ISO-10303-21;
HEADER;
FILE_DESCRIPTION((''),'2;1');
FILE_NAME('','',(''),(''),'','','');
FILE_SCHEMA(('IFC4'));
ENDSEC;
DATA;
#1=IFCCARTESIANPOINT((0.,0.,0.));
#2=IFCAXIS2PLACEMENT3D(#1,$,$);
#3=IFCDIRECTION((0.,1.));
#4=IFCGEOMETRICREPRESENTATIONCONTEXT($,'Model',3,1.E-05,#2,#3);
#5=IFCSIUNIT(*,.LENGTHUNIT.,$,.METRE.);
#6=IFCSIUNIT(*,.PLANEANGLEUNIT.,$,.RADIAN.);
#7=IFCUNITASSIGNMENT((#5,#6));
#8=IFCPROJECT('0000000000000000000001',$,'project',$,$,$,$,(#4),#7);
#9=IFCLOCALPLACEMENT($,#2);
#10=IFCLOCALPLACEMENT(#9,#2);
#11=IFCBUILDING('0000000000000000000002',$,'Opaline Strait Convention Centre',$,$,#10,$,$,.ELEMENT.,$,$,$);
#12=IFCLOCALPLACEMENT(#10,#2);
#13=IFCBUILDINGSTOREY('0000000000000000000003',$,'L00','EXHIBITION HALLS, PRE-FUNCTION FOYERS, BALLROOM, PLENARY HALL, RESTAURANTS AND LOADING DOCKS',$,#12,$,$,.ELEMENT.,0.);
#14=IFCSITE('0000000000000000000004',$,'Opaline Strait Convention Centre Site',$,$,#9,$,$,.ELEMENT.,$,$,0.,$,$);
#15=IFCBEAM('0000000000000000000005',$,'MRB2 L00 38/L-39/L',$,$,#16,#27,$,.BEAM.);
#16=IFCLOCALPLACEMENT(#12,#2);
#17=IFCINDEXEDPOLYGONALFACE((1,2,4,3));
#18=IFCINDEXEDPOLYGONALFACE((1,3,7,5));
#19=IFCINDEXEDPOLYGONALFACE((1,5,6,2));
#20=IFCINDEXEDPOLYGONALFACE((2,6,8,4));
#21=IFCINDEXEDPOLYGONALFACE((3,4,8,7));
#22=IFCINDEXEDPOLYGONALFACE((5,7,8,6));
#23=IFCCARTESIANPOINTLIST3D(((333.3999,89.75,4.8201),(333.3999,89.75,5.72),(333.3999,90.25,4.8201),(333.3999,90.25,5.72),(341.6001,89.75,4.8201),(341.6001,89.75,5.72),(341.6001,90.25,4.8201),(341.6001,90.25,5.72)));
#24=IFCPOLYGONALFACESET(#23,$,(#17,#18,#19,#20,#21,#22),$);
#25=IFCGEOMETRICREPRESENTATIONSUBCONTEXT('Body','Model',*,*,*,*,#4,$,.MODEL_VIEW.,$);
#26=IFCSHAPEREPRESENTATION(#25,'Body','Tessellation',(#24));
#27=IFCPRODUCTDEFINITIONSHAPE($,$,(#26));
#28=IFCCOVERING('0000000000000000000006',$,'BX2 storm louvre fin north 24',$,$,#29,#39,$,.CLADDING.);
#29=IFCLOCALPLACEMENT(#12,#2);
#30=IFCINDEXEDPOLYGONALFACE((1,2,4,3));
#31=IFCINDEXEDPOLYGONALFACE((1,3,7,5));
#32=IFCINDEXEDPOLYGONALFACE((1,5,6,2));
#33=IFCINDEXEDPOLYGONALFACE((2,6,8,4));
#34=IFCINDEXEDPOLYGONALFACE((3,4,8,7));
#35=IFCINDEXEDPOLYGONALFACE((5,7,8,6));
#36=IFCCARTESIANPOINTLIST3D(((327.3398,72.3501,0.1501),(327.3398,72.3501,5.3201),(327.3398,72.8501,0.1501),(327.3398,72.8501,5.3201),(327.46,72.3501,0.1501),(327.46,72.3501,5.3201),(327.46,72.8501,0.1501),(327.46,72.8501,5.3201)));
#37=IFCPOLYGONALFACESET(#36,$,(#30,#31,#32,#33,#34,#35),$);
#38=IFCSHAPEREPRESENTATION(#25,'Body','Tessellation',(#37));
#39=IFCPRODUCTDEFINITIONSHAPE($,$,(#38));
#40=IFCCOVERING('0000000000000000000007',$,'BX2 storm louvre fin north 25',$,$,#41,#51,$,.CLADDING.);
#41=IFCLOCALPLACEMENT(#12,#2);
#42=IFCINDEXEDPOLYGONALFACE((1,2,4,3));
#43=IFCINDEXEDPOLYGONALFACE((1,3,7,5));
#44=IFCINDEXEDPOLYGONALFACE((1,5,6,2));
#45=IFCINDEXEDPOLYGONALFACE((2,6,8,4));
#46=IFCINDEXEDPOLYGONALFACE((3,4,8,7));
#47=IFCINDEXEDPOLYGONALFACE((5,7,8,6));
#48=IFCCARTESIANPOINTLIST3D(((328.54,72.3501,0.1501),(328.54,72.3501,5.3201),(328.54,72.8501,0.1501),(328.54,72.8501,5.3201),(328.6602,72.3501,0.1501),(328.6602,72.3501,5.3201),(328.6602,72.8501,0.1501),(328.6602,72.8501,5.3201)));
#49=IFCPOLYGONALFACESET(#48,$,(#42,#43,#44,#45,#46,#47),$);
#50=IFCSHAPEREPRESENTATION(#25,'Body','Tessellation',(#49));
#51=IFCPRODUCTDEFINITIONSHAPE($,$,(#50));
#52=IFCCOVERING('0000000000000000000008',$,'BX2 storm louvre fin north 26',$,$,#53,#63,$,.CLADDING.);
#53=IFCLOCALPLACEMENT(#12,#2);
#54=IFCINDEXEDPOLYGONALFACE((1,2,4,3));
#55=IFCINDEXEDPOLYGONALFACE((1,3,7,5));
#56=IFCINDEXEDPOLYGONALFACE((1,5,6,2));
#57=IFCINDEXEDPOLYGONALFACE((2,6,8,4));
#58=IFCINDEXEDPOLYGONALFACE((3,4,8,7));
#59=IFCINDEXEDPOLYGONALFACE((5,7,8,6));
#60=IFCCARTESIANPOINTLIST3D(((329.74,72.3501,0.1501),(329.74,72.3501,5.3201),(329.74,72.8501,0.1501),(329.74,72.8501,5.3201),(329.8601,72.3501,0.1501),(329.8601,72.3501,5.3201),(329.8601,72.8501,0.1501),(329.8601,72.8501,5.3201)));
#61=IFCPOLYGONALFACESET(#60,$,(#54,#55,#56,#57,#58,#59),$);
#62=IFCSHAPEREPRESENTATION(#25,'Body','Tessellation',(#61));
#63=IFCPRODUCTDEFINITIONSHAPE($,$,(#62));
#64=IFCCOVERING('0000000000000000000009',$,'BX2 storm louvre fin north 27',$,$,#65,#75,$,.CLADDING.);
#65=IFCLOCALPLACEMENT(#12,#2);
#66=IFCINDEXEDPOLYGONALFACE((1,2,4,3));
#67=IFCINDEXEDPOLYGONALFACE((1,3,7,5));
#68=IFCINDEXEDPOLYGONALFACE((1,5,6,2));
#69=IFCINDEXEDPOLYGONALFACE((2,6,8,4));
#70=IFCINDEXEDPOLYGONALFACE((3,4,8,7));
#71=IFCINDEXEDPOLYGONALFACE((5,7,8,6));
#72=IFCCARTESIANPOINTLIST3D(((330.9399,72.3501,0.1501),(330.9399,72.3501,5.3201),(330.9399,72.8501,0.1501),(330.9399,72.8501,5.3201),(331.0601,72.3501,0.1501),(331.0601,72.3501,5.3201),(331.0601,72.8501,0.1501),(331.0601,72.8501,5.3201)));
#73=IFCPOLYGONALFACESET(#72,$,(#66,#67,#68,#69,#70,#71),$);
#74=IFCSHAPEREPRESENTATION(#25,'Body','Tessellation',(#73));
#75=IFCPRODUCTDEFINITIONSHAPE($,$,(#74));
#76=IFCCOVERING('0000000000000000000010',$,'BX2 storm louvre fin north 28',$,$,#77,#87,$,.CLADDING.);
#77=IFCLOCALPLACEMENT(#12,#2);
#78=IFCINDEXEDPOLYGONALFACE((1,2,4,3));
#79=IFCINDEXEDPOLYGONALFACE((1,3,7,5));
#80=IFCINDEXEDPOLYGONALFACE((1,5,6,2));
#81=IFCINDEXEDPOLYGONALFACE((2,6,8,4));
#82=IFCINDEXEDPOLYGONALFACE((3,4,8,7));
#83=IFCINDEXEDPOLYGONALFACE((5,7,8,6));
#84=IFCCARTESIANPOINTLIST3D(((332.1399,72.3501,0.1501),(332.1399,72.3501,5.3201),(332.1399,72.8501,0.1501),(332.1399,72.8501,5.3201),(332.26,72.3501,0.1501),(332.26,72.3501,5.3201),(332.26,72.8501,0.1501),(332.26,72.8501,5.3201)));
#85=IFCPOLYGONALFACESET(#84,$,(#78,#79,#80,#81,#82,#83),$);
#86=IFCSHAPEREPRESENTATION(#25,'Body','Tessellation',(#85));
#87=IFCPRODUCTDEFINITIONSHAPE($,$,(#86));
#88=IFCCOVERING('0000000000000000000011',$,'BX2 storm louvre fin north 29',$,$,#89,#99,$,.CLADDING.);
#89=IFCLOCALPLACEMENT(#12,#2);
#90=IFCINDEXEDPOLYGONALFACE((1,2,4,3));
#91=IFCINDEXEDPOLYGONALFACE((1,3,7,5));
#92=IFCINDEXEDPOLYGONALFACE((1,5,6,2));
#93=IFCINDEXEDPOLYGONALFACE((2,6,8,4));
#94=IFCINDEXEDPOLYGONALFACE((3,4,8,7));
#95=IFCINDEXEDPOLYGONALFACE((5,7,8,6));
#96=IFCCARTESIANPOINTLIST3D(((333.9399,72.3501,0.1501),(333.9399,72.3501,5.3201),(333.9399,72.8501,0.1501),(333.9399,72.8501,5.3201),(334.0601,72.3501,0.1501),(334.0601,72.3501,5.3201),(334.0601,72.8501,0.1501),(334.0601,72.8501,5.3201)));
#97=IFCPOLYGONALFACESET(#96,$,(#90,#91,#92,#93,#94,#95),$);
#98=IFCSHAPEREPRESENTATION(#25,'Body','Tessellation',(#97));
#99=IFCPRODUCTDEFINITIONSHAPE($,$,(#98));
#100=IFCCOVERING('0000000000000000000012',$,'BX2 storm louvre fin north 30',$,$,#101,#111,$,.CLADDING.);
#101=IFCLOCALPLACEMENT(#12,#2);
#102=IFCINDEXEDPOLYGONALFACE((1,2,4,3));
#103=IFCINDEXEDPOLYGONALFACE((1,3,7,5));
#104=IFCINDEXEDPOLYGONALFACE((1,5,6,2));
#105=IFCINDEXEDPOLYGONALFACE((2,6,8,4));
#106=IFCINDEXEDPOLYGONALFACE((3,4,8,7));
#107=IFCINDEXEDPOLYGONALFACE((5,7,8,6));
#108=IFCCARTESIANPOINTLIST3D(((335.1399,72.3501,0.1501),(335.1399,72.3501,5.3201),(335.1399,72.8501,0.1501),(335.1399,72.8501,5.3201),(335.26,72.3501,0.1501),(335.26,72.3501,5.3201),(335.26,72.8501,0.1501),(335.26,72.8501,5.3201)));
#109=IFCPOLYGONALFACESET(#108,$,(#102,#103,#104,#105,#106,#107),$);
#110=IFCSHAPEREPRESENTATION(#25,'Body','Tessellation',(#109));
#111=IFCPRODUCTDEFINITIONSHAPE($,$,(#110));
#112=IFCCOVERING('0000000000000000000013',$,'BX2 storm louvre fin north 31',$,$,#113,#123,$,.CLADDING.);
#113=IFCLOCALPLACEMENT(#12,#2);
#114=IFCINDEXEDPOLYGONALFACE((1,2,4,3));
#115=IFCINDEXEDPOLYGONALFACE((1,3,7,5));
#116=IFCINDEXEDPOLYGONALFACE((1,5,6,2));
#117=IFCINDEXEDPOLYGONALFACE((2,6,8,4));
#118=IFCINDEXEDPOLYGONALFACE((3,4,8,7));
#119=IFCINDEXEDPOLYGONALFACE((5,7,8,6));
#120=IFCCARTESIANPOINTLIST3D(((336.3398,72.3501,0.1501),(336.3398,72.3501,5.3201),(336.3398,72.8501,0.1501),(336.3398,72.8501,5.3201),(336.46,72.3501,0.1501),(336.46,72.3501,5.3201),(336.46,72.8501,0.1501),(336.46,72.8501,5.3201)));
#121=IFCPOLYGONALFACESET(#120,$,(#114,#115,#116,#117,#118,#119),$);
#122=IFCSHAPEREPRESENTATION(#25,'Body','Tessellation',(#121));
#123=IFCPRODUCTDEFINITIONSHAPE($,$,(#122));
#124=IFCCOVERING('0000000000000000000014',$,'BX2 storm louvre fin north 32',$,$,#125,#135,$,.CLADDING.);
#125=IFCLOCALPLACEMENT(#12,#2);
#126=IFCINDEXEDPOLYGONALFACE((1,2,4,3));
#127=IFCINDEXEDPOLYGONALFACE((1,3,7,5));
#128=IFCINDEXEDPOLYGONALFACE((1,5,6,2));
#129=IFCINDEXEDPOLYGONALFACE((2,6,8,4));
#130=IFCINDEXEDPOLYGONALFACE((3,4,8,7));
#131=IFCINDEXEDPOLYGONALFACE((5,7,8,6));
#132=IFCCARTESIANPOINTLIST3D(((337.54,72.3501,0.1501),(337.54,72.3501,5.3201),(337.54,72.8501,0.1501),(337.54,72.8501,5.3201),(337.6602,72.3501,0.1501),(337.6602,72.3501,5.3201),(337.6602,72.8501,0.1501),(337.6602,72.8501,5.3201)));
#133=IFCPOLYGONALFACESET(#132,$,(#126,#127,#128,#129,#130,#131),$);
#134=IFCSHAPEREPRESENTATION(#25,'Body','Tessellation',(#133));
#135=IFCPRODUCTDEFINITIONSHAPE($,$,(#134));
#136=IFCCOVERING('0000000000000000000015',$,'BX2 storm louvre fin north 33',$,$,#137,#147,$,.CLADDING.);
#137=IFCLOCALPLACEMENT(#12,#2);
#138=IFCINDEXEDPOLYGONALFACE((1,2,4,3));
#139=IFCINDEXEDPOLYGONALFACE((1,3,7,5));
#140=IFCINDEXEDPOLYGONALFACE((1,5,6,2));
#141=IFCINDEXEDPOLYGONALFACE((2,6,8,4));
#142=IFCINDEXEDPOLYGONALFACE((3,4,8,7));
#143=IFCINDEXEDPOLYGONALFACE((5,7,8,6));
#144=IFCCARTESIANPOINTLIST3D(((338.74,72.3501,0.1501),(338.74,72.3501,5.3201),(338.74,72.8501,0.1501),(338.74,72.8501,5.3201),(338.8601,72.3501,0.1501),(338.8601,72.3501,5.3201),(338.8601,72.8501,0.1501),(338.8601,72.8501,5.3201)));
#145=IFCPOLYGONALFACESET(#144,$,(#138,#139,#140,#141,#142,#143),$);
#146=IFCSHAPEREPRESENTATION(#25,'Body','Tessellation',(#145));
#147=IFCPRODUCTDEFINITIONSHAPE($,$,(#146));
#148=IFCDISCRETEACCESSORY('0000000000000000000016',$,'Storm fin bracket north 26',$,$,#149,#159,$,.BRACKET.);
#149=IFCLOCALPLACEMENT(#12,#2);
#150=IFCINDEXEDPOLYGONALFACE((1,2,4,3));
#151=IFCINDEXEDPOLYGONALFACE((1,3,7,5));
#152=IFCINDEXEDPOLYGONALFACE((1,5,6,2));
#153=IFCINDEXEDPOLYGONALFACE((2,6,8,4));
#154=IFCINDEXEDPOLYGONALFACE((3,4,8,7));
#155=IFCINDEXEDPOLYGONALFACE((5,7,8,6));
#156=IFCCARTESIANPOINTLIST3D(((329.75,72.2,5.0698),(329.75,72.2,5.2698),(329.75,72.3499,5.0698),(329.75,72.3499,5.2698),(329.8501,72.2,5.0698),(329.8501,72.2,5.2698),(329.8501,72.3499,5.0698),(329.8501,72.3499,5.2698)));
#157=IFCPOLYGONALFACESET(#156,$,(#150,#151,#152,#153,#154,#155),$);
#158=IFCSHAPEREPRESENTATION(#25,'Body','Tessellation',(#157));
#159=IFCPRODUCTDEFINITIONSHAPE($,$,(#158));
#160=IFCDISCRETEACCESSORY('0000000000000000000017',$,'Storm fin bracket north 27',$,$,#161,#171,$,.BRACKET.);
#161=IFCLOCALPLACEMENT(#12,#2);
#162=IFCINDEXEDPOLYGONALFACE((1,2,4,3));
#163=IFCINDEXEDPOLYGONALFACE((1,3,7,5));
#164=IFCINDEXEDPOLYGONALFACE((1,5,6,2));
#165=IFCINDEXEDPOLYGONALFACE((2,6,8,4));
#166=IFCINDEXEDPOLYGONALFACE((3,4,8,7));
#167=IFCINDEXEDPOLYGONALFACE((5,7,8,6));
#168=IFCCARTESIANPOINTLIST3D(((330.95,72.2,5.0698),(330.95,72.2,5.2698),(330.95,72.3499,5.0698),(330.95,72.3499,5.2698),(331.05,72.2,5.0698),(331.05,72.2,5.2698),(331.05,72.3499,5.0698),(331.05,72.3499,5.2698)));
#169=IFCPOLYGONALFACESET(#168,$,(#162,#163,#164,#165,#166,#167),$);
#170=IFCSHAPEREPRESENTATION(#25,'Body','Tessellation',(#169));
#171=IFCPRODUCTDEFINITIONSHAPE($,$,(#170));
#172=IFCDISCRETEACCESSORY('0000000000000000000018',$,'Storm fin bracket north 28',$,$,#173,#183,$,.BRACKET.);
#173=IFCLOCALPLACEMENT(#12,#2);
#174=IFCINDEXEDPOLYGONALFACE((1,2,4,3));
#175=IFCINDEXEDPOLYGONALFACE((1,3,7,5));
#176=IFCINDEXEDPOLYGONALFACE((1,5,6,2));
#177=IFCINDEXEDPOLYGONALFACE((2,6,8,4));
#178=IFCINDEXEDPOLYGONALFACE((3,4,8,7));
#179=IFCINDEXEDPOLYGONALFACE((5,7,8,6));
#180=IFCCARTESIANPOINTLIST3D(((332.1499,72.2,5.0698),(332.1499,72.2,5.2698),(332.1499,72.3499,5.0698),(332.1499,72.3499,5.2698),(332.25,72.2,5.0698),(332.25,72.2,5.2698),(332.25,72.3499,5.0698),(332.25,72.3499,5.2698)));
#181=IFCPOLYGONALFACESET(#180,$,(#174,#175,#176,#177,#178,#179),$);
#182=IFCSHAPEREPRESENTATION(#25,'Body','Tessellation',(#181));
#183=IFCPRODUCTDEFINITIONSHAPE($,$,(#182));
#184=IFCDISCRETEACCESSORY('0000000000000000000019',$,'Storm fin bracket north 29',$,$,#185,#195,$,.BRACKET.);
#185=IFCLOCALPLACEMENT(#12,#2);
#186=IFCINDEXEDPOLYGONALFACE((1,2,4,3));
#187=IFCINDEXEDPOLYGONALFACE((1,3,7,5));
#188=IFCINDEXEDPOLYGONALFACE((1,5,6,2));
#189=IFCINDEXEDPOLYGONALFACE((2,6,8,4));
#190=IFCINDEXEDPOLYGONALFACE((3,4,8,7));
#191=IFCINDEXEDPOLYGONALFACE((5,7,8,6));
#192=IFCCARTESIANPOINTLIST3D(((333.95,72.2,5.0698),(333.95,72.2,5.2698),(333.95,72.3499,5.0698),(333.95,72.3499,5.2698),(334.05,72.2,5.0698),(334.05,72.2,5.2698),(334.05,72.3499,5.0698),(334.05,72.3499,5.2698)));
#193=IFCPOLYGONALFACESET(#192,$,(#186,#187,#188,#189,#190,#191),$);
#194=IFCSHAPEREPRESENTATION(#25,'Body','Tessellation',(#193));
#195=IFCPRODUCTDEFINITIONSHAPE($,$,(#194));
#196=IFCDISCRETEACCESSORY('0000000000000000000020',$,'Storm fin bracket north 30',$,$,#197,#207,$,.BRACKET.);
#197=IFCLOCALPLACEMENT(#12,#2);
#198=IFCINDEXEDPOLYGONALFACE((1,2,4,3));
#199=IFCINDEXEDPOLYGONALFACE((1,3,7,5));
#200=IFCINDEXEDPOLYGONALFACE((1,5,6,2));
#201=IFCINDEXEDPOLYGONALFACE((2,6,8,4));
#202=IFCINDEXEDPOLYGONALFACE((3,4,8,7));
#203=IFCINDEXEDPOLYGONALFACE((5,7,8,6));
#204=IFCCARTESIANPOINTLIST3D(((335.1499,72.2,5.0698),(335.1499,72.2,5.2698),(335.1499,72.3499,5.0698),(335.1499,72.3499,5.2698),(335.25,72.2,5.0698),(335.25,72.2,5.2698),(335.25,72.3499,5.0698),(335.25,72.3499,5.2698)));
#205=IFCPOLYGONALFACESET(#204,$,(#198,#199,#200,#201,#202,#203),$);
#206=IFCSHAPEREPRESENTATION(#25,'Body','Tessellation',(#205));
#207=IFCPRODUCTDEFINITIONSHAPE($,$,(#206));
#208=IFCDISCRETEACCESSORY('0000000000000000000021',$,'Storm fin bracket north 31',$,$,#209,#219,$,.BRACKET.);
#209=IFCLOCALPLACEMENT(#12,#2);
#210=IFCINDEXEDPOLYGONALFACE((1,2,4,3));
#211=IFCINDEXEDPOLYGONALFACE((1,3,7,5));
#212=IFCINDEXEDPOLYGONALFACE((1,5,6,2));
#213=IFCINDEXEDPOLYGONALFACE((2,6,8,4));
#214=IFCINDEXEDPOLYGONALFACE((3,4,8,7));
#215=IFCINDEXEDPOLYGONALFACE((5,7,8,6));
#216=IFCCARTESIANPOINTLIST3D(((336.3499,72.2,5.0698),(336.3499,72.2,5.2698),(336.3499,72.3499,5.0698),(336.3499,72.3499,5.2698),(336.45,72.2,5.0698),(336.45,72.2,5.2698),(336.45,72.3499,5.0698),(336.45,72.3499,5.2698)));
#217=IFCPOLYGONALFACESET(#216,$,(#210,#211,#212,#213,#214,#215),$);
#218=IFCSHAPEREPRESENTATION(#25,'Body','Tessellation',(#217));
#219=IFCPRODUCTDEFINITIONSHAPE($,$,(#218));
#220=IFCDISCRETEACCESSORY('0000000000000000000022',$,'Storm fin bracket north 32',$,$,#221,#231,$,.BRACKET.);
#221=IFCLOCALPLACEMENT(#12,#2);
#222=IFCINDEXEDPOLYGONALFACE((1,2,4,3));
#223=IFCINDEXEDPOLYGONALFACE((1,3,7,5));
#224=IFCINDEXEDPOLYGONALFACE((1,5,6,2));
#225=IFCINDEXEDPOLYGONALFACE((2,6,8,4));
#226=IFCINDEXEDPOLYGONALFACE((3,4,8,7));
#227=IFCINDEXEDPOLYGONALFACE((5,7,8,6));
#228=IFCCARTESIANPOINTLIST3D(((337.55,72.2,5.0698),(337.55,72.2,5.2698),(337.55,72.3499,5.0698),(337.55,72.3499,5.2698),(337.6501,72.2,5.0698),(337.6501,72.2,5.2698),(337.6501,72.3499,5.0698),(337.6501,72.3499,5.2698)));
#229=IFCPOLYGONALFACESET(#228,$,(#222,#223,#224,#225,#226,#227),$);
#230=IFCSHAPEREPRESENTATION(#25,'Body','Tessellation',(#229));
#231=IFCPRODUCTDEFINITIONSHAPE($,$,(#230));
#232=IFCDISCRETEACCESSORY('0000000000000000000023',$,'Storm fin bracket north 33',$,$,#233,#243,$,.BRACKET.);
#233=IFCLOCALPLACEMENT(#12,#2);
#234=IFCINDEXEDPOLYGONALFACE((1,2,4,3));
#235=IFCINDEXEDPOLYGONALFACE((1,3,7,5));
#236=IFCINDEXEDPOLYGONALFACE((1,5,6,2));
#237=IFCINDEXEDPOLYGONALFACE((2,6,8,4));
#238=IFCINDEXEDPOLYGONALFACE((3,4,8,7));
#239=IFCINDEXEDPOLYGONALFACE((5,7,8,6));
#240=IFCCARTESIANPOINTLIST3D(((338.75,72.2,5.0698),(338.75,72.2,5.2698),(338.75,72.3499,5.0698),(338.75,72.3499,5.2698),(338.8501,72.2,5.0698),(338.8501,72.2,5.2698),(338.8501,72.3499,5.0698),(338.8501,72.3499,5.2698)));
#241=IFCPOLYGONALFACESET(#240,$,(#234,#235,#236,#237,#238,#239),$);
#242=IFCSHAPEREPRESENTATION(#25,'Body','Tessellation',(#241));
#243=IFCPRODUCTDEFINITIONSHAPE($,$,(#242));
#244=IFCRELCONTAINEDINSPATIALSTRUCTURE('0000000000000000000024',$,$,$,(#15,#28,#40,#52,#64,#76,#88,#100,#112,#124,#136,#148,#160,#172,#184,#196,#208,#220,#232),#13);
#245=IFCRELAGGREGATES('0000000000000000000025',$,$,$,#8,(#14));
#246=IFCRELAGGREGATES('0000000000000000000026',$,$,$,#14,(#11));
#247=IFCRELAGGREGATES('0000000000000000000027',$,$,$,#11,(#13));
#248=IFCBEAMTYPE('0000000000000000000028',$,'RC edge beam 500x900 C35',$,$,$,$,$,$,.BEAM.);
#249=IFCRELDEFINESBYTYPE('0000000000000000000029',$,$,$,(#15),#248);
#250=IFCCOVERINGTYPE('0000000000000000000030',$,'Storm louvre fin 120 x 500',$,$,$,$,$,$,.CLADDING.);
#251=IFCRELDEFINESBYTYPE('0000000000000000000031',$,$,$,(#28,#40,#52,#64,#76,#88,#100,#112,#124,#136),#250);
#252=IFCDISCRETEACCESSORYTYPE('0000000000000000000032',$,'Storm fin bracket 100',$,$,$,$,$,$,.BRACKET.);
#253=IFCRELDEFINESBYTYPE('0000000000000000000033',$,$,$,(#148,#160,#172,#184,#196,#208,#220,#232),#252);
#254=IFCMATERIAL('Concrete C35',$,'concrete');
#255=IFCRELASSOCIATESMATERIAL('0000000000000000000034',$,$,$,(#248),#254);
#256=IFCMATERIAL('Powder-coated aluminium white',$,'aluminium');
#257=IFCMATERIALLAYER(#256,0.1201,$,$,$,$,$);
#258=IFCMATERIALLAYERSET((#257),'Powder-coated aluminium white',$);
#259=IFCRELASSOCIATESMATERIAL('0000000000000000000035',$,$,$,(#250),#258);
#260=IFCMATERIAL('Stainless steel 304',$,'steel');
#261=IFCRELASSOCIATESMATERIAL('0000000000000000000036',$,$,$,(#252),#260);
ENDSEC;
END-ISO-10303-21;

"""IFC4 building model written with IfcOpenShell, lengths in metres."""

from ifc_helpers import new_model, si_unit, direction, frame, origin, origin_2d, place, context, subcontext, project, spatial, rectangle, extrude, material, layer, layer_set, material_profile, profile_set, type_object, element, save


model = new_model("IFC4")

# Units and contexts
model_context = context("Model", 3, precision=1e-05, world=origin(), true_north=direction((0.0, 1.0)))
body_context = subcontext(model_context, "Body", "Model", "MODEL_VIEW")
ifc_project = project(units=[si_unit("LENGTHUNIT", "METRE"), si_unit("PLANEANGLEUNIT", "RADIAN")], contexts=[model_context])

# Site, building, storey
site_placement = place(None, origin())
site = spatial("IfcSite", under=ifc_project, at=site_placement, Name="Opaline Strait Convention Centre Site", CompositionType="ELEMENT", RefElevation=0.0)
building_placement = place(site_placement, origin())
building = spatial("IfcBuilding", under=site, at=building_placement, Name="Opaline Strait Convention Centre", CompositionType="ELEMENT")
storey_placement = place(building_placement, origin())
storey = spatial("IfcBuildingStorey", under=building, at=storey_placement, Name="L00", Description="EXHIBITION HALLS, PRE-FUNCTION FOYERS, BALLROOM, PLENARY HALL, RESTAURANTS AND LOADING DOCKS", CompositionType="ELEMENT", Elevation=0.0)

# Shared definitions
ifc_material_1 = material(Name="Concrete C35", Category="concrete")

# Beam
ifc_material_profile_1 = material_profile(ifc_material_1, rectangle(XDim=0.5, YDim=0.8999, at=origin_2d()), Name="RC 500x900")
ifc_profile_set_1 = profile_set([ifc_material_profile_1], Name="Concrete C35")
beam_type = type_object("IfcBeamType", Name="RC edge beam 500x900 C35", PredefinedType="BEAM", material=ifc_profile_set_1)
beam_placement = place(storey_placement, frame((333.3999, 90.0, 5.27), z_axis=(1.0, 0.0, 0.0), x_axis=(0.0, 1.0, 0.0)))
element("IfcBeam", 1, at=beam_placement, inside=storey, type_object=beam_type, Name="MRB2 L00 38/L-39/L", PredefinedType="BEAM", context=body_context, shape_type="SweptSolid", body=[
    extrude(rectangle(XDim=0.5, YDim=0.8999, at=origin_2d()), origin(), (0.0, 0.0, 1.0), 8.2002),
])

# Coverings
ifc_material_2 = material(Name="Powder-coated aluminium white", Category="aluminium")
ifc_layer_1 = layer(ifc_material_2, 0.1201)
ifc_layer_set_1 = layer_set([ifc_layer_1], Name="Powder-coated aluminium white")
covering_type = type_object("IfcCoveringType", Name="Storm louvre fin 120 x 500", PredefinedType="CLADDING", material=ifc_layer_set_1)
for number, where, z_axis, x_axis, name in (
    (2, (327.3999, 72.6001, 0.1501), (0.0, 0.0, 1.0), (1.0, 0.0, 0.0), "BX2 storm louvre fin north 24"),
    (3, (328.6001, 72.6001, 0.1501), (0.0, 0.0, 1.0), (1.0, 0.0, 0.0), "BX2 storm louvre fin north 25"),
    (4, (329.8, 72.6001, 0.1501), (0.0, 0.0, 1.0), (1.0, 0.0, 0.0), "BX2 storm louvre fin north 26"),
    (5, (331.0, 72.6001, 0.1501), (0.0, 0.0, 1.0), (1.0, 0.0, 0.0), "BX2 storm louvre fin north 27"),
    (6, (332.2, 72.6001, 0.1501), (0.0, 0.0, 1.0), (1.0, 0.0, 0.0), "BX2 storm louvre fin north 28"),
    (7, (334.0, 72.6001, 0.1501), (0.0, 0.0, 1.0), (1.0, 0.0, 0.0), "BX2 storm louvre fin north 29"),
    (8, (335.2, 72.6001, 0.1501), (0.0, 0.0, 1.0), (1.0, 0.0, 0.0), "BX2 storm louvre fin north 30"),
    (9, (336.3999, 72.6001, 0.1501), (0.0, 0.0, 1.0), (1.0, 0.0, 0.0), "BX2 storm louvre fin north 31"),
    (10, (337.6001, 72.6001, 0.1501), (0.0, 0.0, 1.0), (1.0, 0.0, 0.0), "BX2 storm louvre fin north 32"),
    (11, (338.8, 72.6001, 0.1501), (0.0, 0.0, 1.0), (1.0, 0.0, 0.0), "BX2 storm louvre fin north 33"),
):
    element("IfcCovering", number, at=place(storey_placement, frame(where, z_axis=z_axis, x_axis=x_axis)), inside=storey, type_object=covering_type, Name=name, PredefinedType="CLADDING", context=body_context, shape_type="SweptSolid", body=[
        extrude(rectangle(XDim=0.1201, YDim=0.5, at=origin_2d()), origin(), (0.0, 0.0, 1.0), 5.1699),
    ])

# Discrete accessories
ifc_material_3 = material(Name="Stainless steel 304", Category="steel")
discrete_accessory_type = type_object("IfcDiscreteAccessoryType", Name="Storm fin bracket 100", PredefinedType="BRACKET", material=ifc_material_3)
for number, where, z_axis, x_axis, name in (
    (12, (329.8, 72.2749, 5.0698), (0.0, 0.0, 1.0), (1.0, 0.0, 0.0), "Storm fin bracket north 26"),
    (13, (331.0, 72.2749, 5.0698), (0.0, 0.0, 1.0), (1.0, 0.0, 0.0), "Storm fin bracket north 27"),
    (14, (332.2, 72.2749, 5.0698), (0.0, 0.0, 1.0), (1.0, 0.0, 0.0), "Storm fin bracket north 28"),
    (15, (334.0, 72.2749, 5.0698), (0.0, 0.0, 1.0), (1.0, 0.0, 0.0), "Storm fin bracket north 29"),
    (16, (335.2, 72.2749, 5.0698), (0.0, 0.0, 1.0), (1.0, 0.0, 0.0), "Storm fin bracket north 30"),
    (17, (336.3999, 72.2749, 5.0698), (0.0, 0.0, 1.0), (1.0, 0.0, 0.0), "Storm fin bracket north 31"),
    (18, (337.6001, 72.2749, 5.0698), (0.0, 0.0, 1.0), (1.0, 0.0, 0.0), "Storm fin bracket north 32"),
    (19, (338.8, 72.2749, 5.0698), (0.0, 0.0, 1.0), (1.0, 0.0, 0.0), "Storm fin bracket north 33"),
):
    element("IfcDiscreteAccessory", number, at=place(storey_placement, frame(where, z_axis=z_axis, x_axis=x_axis)), inside=storey, type_object=discrete_accessory_type, Name=name, PredefinedType="BRACKET", context=body_context, shape_type="SweptSolid", body=[
        extrude(rectangle(XDim=0.1001, YDim=0.1499, at=origin_2d()), origin(), (0.0, 0.0, 1.0), 0.2),
    ])

save(model, "model.ifc")
